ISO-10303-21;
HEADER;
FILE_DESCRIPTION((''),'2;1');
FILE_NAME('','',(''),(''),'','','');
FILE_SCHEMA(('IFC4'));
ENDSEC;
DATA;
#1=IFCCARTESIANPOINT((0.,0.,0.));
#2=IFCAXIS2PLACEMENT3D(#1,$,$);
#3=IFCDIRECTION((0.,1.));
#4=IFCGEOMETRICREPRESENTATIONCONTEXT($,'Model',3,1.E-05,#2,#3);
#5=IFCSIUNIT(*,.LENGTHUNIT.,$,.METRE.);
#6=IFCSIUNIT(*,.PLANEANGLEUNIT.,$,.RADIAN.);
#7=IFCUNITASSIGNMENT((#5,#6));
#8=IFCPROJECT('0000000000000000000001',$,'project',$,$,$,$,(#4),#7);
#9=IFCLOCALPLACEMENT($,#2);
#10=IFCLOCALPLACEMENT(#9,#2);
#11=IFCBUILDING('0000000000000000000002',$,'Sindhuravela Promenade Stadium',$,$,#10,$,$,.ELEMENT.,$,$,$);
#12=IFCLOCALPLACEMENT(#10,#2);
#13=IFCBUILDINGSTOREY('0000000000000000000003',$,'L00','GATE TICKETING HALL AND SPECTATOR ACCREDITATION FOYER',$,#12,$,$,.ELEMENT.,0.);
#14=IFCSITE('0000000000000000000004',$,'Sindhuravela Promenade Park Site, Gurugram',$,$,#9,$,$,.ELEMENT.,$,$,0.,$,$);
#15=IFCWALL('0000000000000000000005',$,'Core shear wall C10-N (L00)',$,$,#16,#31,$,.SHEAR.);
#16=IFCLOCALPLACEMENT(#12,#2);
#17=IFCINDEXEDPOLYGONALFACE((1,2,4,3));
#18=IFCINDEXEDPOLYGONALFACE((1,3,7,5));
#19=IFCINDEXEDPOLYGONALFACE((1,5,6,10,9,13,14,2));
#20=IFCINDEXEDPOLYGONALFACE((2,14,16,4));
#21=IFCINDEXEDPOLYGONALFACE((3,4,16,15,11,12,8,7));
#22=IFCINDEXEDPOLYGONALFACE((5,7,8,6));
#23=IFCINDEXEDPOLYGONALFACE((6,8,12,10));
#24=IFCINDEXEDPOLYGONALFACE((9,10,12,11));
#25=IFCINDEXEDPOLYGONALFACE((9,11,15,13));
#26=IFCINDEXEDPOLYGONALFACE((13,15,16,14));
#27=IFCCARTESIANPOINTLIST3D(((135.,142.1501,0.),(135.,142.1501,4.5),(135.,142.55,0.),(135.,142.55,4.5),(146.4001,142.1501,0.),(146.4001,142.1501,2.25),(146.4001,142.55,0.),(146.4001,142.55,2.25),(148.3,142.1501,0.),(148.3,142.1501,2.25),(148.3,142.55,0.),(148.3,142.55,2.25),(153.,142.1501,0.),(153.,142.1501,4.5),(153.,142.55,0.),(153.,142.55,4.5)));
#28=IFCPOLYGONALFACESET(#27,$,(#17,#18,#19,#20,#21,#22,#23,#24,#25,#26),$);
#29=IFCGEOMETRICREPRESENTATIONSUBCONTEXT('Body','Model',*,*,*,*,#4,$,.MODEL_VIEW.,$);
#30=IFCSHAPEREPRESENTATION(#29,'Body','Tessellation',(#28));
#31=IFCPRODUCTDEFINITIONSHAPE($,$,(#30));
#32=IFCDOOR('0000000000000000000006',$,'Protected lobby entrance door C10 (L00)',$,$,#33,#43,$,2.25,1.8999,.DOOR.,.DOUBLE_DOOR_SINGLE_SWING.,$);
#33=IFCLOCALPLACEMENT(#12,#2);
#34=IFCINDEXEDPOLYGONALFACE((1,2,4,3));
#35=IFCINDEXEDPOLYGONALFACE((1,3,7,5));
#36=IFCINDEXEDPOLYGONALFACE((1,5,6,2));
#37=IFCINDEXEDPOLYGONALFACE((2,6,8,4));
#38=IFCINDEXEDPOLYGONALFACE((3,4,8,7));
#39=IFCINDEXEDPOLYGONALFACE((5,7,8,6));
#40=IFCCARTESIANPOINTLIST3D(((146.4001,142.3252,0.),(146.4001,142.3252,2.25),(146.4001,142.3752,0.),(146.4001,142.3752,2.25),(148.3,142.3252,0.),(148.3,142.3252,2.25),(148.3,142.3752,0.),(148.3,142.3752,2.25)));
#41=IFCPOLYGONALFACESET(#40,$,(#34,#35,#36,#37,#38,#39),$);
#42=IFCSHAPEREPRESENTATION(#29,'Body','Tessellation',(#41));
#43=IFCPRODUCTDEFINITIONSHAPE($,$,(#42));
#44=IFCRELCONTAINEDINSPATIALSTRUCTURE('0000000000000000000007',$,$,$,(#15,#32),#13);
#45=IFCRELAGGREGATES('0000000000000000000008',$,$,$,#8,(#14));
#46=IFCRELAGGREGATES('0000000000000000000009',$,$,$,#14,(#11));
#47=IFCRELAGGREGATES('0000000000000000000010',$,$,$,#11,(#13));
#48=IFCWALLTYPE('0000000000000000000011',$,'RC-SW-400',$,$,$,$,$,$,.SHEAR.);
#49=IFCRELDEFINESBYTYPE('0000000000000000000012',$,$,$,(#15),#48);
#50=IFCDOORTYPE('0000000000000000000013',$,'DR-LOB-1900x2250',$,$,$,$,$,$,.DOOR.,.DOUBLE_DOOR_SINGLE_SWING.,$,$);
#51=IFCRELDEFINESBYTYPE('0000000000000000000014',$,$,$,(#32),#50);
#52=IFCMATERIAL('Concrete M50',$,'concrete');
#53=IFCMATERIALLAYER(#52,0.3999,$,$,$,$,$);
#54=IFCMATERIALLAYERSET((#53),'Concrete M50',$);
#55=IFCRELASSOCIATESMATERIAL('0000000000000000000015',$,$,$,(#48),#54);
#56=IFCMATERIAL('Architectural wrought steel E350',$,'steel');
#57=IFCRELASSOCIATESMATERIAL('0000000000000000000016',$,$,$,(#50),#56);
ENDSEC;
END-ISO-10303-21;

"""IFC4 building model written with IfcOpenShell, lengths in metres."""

from ifc_helpers import new_model, si_unit, direction, frame, frame_2d, origin, place, context, subcontext, project, spatial, rectangle, extrude, material, layer, layer_set, type_object, element, fill, save


model = new_model("IFC4")

# Units and contexts
model_context = context("Model", 3, precision=1e-05, world=origin(), true_north=direction((0.0, 1.0)))
body_context = subcontext(model_context, "Body", "Model", "MODEL_VIEW")
ifc_project = project(units=[si_unit("LENGTHUNIT", "METRE"), si_unit("PLANEANGLEUNIT", "RADIAN")], contexts=[model_context])

# Site, building, storey
site_placement = place(None, origin())
site = spatial("IfcSite", under=ifc_project, at=site_placement, Name="Sindhuravela Promenade Park Site, Gurugram", CompositionType="ELEMENT", RefElevation=0.0)
building_placement = place(site_placement, origin())
building = spatial("IfcBuilding", under=site, at=building_placement, Name="Sindhuravela Promenade Stadium", CompositionType="ELEMENT")
storey_placement = place(building_placement, origin())
storey = spatial("IfcBuildingStorey", under=building, at=storey_placement, Name="L00", Description="GATE TICKETING HALL AND SPECTATOR ACCREDITATION FOYER", CompositionType="ELEMENT", Elevation=0.0)

# Shared definitions
ifc_material_1 = material(Name="Concrete M50", Category="concrete")

# Shared definitions
ifc_material_2 = material(Name="Architectural wrought steel E350", Category="steel")

# Wall, opening, door
ifc_layer_1 = layer(ifc_material_1, 0.3999)
ifc_layer_set_1 = layer_set([ifc_layer_1], Name="Concrete M50")
wall_type_1 = type_object("IfcWallType", Name="RC-SW-400", PredefinedType="SHEAR", material=ifc_layer_set_1)
wall_1_placement = place(storey_placement, frame((153.0, 142.3501, 0.0), z_axis=(0.0, 0.0, 1.0), x_axis=(-1.0, 0.0, 0.0)))
wall_1 = element("IfcWall", 1, at=wall_1_placement, inside=storey, type_object=wall_type_1, Name="Core shear wall C10-N (L00)", PredefinedType="SHEAR", context=body_context, shape_type="SweptSolid", body=[
    extrude(rectangle(XDim=18.0, YDim=0.3999, at=frame_2d((9.0, 0.0))), origin(), (0.0, 0.0, 1.0), 4.5),
])
opening_1_placement = place(wall_1_placement, frame((4.7, 0.0, 0.0)))
opening_1 = element("IfcOpeningElement", 2, at=opening_1_placement, cuts=wall_1, PredefinedType="OPENING", context=body_context, shape_type="SweptSolid", body=[
    extrude(rectangle(XDim=1.8999, YDim=2.25, at=frame_2d((0.95, 1.125))), frame((0.0, 0.21, 0.0), z_axis=(0.0, -1.0, 0.0), x_axis=(1.0, 0.0, 0.0)), (0.0, 0.0, 1.0), 0.4199),
])
door_type_1 = type_object("IfcDoorType", Name="DR-LOB-1900x2250", OperationType="DOUBLE_DOOR_SINGLE_SWING", PredefinedType="DOOR", material=ifc_material_2)
door_1_placement = place(opening_1_placement, origin())
door_1 = element("IfcDoor", 3, at=door_1_placement, inside=storey, type_object=door_type_1, Name="Protected lobby entrance door C10 (L00)", OperationType="DOUBLE_DOOR_SINGLE_SWING", OverallHeight=2.25, OverallWidth=1.8999, PredefinedType="DOOR", context=body_context, shape_type="SweptSolid", body=[
    extrude(rectangle(XDim=1.8999, YDim=2.25, at=frame_2d((0.95, 1.125))), frame((0.0, 0.0249, 0.0), z_axis=(0.0, -1.0, 0.0), x_axis=(1.0, 0.0, 0.0)), (0.0, 0.0, 1.0), 0.05),
])
fill(opening_1, door_1)

save(model, "model.ifc")
